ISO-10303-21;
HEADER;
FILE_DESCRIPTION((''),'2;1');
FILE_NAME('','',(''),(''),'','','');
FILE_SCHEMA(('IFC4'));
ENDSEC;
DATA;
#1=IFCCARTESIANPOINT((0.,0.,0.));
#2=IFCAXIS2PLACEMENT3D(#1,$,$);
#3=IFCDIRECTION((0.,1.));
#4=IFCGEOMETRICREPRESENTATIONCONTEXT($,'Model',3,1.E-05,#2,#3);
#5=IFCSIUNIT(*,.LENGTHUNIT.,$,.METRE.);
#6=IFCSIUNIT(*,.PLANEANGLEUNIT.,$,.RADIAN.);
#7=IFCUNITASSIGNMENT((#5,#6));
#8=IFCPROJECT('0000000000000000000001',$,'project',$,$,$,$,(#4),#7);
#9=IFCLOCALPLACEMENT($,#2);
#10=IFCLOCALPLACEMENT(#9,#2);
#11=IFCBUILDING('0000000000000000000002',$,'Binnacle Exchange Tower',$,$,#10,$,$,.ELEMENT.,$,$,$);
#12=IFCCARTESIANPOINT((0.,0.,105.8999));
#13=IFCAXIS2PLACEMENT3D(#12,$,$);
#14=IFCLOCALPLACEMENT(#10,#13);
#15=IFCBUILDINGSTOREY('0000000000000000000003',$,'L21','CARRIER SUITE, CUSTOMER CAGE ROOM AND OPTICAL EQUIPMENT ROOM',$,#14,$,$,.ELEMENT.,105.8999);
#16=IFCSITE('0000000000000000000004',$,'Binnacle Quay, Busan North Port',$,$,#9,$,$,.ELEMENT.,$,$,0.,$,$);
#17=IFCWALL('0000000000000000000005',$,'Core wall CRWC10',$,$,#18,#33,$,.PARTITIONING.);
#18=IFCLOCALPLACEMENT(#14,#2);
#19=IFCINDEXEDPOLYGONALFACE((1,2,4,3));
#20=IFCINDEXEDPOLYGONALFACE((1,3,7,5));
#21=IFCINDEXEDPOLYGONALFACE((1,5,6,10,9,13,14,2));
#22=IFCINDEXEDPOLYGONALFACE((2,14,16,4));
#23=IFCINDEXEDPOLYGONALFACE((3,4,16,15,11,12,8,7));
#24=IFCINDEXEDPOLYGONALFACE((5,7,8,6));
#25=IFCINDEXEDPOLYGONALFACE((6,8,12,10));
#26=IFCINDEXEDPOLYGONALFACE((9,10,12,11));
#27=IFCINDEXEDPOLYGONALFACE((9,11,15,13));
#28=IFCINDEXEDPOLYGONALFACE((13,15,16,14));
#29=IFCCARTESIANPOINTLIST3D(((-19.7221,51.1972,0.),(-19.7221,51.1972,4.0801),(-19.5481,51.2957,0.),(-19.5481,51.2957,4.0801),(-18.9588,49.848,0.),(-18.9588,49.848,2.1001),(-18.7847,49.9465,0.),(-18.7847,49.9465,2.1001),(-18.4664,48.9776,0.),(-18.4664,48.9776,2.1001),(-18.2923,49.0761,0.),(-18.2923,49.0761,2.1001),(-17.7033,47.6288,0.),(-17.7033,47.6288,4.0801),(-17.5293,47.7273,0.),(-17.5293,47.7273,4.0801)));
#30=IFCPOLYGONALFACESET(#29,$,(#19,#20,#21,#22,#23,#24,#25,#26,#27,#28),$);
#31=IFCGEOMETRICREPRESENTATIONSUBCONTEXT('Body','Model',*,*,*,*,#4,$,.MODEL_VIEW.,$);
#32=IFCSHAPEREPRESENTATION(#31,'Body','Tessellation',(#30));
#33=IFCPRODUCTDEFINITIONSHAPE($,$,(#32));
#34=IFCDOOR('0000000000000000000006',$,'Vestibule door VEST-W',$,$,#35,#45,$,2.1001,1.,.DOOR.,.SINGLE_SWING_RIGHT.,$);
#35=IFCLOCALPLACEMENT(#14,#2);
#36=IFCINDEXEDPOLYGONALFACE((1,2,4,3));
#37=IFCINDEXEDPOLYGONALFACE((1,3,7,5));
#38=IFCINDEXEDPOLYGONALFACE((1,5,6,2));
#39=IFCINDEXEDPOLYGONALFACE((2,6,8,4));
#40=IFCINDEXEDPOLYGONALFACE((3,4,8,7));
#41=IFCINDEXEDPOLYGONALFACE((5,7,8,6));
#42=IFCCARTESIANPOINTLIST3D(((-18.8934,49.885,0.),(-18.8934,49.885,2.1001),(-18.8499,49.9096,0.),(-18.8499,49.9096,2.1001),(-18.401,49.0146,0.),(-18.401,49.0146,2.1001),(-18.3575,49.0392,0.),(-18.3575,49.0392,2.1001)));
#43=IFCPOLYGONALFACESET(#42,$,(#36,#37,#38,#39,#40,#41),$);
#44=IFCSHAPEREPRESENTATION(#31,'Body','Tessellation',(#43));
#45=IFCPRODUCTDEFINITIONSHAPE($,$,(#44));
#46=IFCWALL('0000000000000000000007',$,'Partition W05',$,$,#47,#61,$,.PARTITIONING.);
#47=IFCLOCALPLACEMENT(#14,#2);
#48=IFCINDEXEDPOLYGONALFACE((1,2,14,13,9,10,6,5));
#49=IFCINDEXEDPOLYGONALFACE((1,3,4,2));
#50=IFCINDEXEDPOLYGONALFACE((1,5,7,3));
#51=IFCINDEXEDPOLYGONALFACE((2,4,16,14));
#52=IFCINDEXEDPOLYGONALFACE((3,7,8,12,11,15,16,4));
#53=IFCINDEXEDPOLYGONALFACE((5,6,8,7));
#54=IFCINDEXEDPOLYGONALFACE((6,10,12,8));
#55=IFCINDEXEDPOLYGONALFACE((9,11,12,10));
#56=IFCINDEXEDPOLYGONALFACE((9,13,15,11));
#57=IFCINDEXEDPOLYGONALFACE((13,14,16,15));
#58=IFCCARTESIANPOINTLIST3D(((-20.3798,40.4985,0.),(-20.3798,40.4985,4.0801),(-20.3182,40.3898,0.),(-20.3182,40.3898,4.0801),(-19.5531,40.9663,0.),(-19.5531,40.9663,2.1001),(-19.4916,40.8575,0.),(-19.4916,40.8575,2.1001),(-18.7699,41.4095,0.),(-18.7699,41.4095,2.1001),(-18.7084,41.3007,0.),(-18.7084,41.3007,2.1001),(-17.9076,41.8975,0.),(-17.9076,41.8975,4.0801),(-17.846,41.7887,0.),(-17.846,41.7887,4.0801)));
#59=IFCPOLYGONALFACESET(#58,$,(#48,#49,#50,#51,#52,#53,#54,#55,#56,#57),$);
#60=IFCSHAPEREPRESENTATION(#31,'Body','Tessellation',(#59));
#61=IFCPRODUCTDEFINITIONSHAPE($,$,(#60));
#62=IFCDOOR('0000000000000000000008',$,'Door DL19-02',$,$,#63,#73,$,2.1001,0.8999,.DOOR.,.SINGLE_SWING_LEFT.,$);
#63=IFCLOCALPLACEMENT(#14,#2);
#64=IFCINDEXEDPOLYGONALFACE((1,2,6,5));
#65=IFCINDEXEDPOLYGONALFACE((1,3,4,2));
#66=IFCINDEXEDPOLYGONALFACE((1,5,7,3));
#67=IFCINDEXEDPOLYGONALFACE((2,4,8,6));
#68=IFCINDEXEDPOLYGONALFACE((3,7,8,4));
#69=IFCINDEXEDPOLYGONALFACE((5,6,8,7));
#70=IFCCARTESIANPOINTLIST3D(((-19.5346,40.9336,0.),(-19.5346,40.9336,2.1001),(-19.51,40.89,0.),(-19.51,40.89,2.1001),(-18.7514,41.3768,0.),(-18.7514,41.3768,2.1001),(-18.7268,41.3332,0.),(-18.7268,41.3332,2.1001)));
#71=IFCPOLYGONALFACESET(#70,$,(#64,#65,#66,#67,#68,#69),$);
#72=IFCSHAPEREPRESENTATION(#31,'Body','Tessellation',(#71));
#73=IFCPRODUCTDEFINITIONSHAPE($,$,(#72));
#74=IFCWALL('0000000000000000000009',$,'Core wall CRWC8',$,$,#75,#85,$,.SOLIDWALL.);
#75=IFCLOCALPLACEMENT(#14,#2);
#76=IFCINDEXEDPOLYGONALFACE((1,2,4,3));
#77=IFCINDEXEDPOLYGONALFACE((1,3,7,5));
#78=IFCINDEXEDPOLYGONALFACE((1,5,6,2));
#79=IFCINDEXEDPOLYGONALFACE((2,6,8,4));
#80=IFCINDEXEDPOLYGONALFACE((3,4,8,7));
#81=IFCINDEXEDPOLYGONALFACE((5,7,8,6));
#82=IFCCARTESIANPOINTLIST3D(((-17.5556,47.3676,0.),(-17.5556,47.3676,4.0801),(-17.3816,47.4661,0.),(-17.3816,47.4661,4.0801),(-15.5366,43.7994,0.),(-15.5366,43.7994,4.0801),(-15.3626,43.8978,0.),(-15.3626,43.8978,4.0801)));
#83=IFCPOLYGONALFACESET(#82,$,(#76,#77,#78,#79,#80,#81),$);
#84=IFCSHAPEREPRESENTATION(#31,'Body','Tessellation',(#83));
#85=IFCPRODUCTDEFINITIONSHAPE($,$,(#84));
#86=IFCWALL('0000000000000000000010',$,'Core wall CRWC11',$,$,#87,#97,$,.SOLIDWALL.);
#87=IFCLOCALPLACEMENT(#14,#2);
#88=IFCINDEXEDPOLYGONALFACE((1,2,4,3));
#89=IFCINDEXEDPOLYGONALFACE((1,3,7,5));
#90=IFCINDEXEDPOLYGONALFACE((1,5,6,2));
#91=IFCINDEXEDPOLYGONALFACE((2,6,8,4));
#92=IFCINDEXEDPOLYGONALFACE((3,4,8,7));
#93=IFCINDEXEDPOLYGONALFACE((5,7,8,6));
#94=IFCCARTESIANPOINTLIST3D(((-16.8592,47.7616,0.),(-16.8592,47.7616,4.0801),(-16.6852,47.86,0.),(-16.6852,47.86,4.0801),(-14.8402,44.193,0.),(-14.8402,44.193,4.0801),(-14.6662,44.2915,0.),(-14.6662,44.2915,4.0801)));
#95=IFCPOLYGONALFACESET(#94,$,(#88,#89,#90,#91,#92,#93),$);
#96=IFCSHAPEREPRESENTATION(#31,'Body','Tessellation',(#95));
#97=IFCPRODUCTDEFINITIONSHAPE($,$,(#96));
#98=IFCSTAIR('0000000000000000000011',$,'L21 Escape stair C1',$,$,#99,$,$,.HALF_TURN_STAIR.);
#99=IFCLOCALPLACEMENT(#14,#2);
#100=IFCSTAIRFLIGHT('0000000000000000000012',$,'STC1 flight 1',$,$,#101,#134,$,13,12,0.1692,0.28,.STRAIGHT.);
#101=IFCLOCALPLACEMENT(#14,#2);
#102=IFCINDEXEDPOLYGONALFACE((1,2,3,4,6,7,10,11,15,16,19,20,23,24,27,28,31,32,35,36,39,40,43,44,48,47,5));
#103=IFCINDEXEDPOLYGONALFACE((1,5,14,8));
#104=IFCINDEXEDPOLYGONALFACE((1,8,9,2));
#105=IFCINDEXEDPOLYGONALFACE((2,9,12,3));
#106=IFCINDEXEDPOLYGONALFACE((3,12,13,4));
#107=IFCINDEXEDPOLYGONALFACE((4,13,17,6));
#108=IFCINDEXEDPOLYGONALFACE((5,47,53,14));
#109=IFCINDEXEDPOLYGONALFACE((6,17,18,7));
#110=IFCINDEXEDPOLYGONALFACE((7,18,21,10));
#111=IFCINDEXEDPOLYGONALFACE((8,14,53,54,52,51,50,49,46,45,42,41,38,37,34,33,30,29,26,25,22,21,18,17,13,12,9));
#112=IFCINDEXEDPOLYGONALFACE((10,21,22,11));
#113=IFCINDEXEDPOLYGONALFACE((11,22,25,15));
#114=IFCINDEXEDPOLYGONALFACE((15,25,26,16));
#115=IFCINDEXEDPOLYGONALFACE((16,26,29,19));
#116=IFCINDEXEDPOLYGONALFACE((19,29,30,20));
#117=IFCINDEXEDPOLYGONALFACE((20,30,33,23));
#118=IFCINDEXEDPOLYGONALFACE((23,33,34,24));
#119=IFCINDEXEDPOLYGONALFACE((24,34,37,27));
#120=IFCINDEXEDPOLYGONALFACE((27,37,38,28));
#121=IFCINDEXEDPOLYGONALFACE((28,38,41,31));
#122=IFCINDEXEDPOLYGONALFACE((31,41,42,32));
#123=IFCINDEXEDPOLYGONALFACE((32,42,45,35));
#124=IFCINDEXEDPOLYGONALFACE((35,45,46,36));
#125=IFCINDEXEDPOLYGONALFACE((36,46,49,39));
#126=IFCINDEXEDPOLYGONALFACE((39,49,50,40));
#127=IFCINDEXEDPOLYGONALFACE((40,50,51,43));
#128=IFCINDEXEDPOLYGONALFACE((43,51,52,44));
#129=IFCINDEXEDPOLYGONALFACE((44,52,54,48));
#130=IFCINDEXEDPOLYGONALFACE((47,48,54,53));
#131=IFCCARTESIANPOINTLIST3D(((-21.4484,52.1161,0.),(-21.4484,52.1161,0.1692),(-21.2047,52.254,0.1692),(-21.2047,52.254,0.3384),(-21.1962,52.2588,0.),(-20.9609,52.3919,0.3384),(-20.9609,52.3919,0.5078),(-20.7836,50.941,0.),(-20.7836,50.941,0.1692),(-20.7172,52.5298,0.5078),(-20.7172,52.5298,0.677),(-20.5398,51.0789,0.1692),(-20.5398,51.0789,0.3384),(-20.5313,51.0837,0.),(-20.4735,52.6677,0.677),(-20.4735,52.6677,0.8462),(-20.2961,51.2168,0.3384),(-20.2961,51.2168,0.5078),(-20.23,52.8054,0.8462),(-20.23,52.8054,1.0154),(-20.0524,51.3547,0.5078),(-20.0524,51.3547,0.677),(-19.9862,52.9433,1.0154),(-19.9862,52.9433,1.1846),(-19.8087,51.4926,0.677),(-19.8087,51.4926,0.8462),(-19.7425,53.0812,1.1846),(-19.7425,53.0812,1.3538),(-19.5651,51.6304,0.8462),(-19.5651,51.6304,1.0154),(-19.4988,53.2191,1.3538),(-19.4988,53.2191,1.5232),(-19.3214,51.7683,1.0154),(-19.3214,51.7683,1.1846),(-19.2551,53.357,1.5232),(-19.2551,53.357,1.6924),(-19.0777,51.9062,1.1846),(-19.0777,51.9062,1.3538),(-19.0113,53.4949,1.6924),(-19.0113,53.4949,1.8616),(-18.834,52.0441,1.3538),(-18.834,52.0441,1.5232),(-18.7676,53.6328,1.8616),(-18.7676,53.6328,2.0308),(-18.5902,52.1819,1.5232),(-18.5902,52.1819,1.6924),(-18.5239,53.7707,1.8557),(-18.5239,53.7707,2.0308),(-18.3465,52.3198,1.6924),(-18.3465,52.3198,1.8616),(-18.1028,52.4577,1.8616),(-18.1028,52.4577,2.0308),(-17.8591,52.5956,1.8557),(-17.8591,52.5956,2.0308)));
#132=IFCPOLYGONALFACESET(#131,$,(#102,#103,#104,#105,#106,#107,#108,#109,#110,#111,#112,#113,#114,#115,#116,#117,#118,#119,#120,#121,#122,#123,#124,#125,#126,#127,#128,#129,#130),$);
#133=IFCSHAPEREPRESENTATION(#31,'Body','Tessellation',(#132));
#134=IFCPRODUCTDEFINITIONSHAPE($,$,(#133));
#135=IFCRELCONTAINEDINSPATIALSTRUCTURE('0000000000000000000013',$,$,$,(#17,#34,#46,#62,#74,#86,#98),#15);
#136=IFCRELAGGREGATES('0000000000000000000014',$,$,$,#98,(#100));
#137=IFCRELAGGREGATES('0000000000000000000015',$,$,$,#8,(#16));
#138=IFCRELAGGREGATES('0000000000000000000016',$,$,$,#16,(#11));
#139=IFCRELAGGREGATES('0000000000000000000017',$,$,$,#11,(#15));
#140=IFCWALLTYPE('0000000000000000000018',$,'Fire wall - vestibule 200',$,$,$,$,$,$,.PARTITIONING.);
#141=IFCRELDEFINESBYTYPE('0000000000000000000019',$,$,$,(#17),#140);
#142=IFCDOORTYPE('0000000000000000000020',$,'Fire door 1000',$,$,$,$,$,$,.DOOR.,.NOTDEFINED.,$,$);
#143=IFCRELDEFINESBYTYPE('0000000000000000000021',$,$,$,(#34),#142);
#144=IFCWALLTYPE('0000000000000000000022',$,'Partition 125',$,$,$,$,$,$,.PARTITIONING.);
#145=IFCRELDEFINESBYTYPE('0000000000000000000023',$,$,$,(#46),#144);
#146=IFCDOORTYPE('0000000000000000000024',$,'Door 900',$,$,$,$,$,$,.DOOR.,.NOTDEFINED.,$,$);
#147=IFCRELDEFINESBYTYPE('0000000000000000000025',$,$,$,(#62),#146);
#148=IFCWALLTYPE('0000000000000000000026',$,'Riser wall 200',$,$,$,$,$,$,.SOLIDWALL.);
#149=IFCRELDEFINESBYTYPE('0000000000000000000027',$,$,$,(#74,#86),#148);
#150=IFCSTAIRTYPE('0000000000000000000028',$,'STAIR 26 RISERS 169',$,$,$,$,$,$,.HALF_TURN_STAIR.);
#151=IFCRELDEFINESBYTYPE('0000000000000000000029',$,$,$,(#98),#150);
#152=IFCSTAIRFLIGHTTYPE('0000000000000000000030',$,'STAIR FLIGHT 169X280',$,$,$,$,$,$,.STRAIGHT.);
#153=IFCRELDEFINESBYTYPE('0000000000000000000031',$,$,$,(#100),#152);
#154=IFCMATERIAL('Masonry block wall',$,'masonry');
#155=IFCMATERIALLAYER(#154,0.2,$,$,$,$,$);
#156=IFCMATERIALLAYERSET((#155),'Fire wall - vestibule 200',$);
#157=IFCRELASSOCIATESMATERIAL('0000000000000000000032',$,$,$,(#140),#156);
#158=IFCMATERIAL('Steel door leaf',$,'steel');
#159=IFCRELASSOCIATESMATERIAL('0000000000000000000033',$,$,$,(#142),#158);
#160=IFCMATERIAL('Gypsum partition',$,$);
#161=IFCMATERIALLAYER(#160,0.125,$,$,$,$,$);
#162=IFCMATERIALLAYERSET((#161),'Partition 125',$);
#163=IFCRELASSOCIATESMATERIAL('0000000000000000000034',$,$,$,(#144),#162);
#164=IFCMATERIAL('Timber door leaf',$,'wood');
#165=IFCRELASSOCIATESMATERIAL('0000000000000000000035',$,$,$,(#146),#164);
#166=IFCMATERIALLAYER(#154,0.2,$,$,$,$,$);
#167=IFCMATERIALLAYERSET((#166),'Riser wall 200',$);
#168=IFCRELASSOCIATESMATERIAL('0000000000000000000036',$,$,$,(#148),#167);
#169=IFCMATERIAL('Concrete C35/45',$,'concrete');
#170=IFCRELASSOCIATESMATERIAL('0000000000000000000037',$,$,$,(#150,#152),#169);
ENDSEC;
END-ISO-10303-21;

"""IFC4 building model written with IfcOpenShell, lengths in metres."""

from ifc_helpers import new_model, si_unit, direction, frame, frame_2d, origin, place, context, subcontext, project, spatial, polyline, rectangle, outline, extrude, material, layer, layer_set, type_object, element, fill, aggregate, save


model = new_model("IFC4")

# Units and contexts
model_context = context("Model", 3, precision=1e-05, world=origin(), true_north=direction((0.0, 1.0)))
body_context = subcontext(model_context, "Body", "Model", "MODEL_VIEW")
ifc_project = project(units=[si_unit("LENGTHUNIT", "METRE"), si_unit("PLANEANGLEUNIT", "RADIAN")], contexts=[model_context])

# Site, building, storey
site_placement = place(None, origin())
site = spatial("IfcSite", under=ifc_project, at=site_placement, Name="Binnacle Quay, Busan North Port", CompositionType="ELEMENT", RefElevation=0.0)
building_placement = place(site_placement, origin())
building = spatial("IfcBuilding", under=site, at=building_placement, Name="Binnacle Exchange Tower", CompositionType="ELEMENT")
storey_placement = place(building_placement, frame((0.0, 0.0, 105.8999)))
storey = spatial("IfcBuildingStorey", under=building, at=storey_placement, Name="L21", Description="CARRIER SUITE, CUSTOMER CAGE ROOM AND OPTICAL EQUIPMENT ROOM", CompositionType="ELEMENT", Elevation=105.8999)

# Shared definitions
ifc_material_1 = material(Name="Steel door leaf", Category="steel")

# Walls, openings, doors
ifc_material_2 = material(Name="Masonry block wall", Category="masonry")
ifc_layer_1 = layer(ifc_material_2, 0.2)
ifc_layer_set_1 = layer_set([ifc_layer_1], Name="Fire wall - vestibule 200")
wall_type_1 = type_object("IfcWallType", Name="Fire wall - vestibule 200", PredefinedType="PARTITIONING", material=ifc_layer_set_1)
wall_1_placement = place(storey_placement, frame((-19.635, 51.2463, 0.0), z_axis=(0.0, 0.0, 1.0), x_axis=(0.492408, -0.870364, 0.0)))
wall_1 = element("IfcWall", 1, at=wall_1_placement, inside=storey, type_object=wall_type_1, Name="Core wall CRWC10", PredefinedType="PARTITIONING", context=body_context, shape_type="SweptSolid", body=[
    extrude(rectangle(XDim=4.0999, YDim=0.2, at=frame_2d((2.0498, 0.0))), origin(), (0.0, 0.0, 1.0), 4.0801),
])
opening_1_placement = place(wall_1_placement, frame((1.55, 0.0, 0.0)))
opening_1 = element("IfcOpeningElement", 2, at=opening_1_placement, cuts=wall_1, PredefinedType="OPENING", context=body_context, shape_type="SweptSolid", body=[
    extrude(rectangle(XDim=1.0, YDim=2.1001, at=frame_2d((0.5, 1.05))), frame((0.0, 0.1099, 0.0), z_axis=(0.0, -1.0, 0.0), x_axis=(1.0, 0.0, 0.0)), (0.0, 0.0, 1.0), 0.22),
])
door_type_1 = type_object("IfcDoorType", Name="Fire door 1000", OperationType="NOTDEFINED", PredefinedType="DOOR", material=ifc_material_1)
door_1_placement = place(opening_1_placement, frame((1.0, 0.0, 0.0), z_axis=(0.0, 0.0, 1.0), x_axis=(-1.0, 0.0, 0.0)))
door_1 = element("IfcDoor", 3, at=door_1_placement, inside=storey, type_object=door_type_1, Name="Vestibule door VEST-W", OperationType="SINGLE_SWING_RIGHT", OverallHeight=2.1001, OverallWidth=1.0, PredefinedType="DOOR", context=body_context, shape_type="SweptSolid", body=[
    extrude(rectangle(XDim=1.0, YDim=2.1001, at=frame_2d((0.5, 1.05))), frame((0.0, 0.0249, 0.0), z_axis=(0.0, -1.0, 0.0), x_axis=(1.0, 0.0, 0.0)), (0.0, 0.0, 1.0), 0.05),
])
fill(opening_1, door_1)
ifc_material_3 = material(Name="Gypsum partition")
ifc_layer_2 = layer(ifc_material_3, 0.125)
ifc_layer_set_2 = layer_set([ifc_layer_2], Name="Partition 125")
wall_type_2 = type_object("IfcWallType", Name="Partition 125", PredefinedType="PARTITIONING", material=ifc_layer_set_2)
wall_2_placement = place(storey_placement, frame((-20.3491, 40.4441, 0.0), z_axis=(0.0, 0.0, 1.0), x_axis=(0.870319, 0.492488, 0.0)))
wall_2 = element("IfcWall", 4, at=wall_2_placement, inside=storey, type_object=wall_type_2, Name="Partition W05", PredefinedType="PARTITIONING", context=body_context, shape_type="SweptSolid", body=[
    extrude(rectangle(XDim=2.8406, YDim=0.125, at=frame_2d((1.4204, 0.0))), origin(), (0.0, 0.0, 1.0), 4.0801),
])
opening_2_placement = place(wall_2_placement, frame((0.95, 0.0, 0.0)))
opening_2 = element("IfcOpeningElement", 5, at=opening_2_placement, cuts=wall_2, PredefinedType="OPENING", context=body_context, shape_type="SweptSolid", body=[
    extrude(rectangle(XDim=0.8999, YDim=2.1001, at=frame_2d((0.45, 1.05))), frame((0.0, 0.0725, 0.0), z_axis=(0.0, -1.0, 0.0), x_axis=(1.0, 0.0, 0.0)), (0.0, 0.0, 1.0), 0.145),
])
ifc_material_4 = material(Name="Timber door leaf", Category="wood")
door_type_2 = type_object("IfcDoorType", Name="Door 900", OperationType="NOTDEFINED", PredefinedType="DOOR", material=ifc_material_4)
door_2_placement = place(opening_2_placement, origin())
door_2 = element("IfcDoor", 6, at=door_2_placement, inside=storey, type_object=door_type_2, Name="Door DL19-02", OperationType="SINGLE_SWING_LEFT", OverallHeight=2.1001, OverallWidth=0.8999, PredefinedType="DOOR", context=body_context, shape_type="SweptSolid", body=[
    extrude(rectangle(XDim=0.8999, YDim=2.1001, at=frame_2d((0.45, 1.05))), frame((0.0, 0.0249, 0.0), z_axis=(0.0, -1.0, 0.0), x_axis=(1.0, 0.0, 0.0)), (0.0, 0.0, 1.0), 0.05),
])
fill(opening_2, door_2)

# Walls
ifc_layer_3 = layer(ifc_material_2, 0.2)
ifc_layer_set_3 = layer_set([ifc_layer_3], Name="Riser wall 200")
wall_type_3 = type_object("IfcWallType", Name="Riser wall 200", PredefinedType="SOLIDWALL", material=ifc_layer_set_3)
wall_3_placement = place(storey_placement, frame((-17.4685, 47.4167, 0.0), z_axis=(0.0, 0.0, 1.0), x_axis=(0.492454, -0.870339, 0.0)))
element("IfcWall", 7, at=wall_3_placement, inside=storey, type_object=wall_type_3, Name="Core wall CRWC8", PredefinedType="SOLIDWALL", context=body_context, shape_type="SweptSolid", body=[
    extrude(rectangle(XDim=4.0999, YDim=0.2, at=frame_2d((2.0498, 0.0))), origin(), (0.0, 0.0, 1.0), 4.0801),
])
wall_4_placement = place(storey_placement, frame((-16.7722, 47.8108, 0.0), z_axis=(0.0, 0.0, 1.0), x_axis=(0.492428, -0.870353, 0.0)))
element("IfcWall", 8, at=wall_4_placement, inside=storey, type_object=wall_type_3, Name="Core wall CRWC11", PredefinedType="SOLIDWALL", context=body_context, shape_type="SweptSolid", body=[
    extrude(rectangle(XDim=4.1001, YDim=0.2, at=frame_2d((2.05, 0.0))), origin(), (0.0, 0.0, 1.0), 4.0801),
])

# Stair, stair flight
ifc_material_5 = material(Name="Concrete C35/45", Category="concrete")
stair_type = type_object("IfcStairType", Name="STAIR 26 RISERS 169", PredefinedType="HALF_TURN_STAIR", material=ifc_material_5)
stair_placement = place(storey_placement, origin())
stair = element("IfcStair", 9, at=stair_placement, inside=storey, type_object=stair_type, Name="L21 Escape stair C1", PredefinedType="HALF_TURN_STAIR")
stair_flight_type = type_object("IfcStairFlightType", Name="STAIR FLIGHT 169X280", PredefinedType="STRAIGHT", material=ifc_material_5)
stair_flight_placement = place(storey_placement, frame((-21.116, 51.5286, 0.0), z_axis=(0.0, 0.0, 1.0), x_axis=(0.870356, 0.492424, 0.0)))
stair_flight = element("IfcStairFlight", 10, at=stair_flight_placement, type_object=stair_flight_type, Name="STC1 flight 1", NumberOfRisers=13, NumberOfTreads=12, PredefinedType="STRAIGHT", RiserHeight=0.1692, TreadLength=0.28, context=body_context, shape_type="SweptSolid", body=[
    extrude(outline(polyline([(0.0, 0.0), (0.0, 0.1692), (0.28, 0.1692), (0.28, 0.3384), (0.5601, 0.3384), (0.5601, 0.5078), (0.8401, 0.5078), (0.8401, 0.677), (1.1201, 0.677), (1.1201, 0.8462), (1.3999, 0.8462), (1.3999, 1.0154), (1.6799, 1.0154), (1.6799, 1.1846), (1.96, 1.1846), (1.96, 1.3538), (2.24, 1.3538), (2.24, 1.5232), (2.52, 1.5232), (2.52, 1.6924), (2.8, 1.6924), (2.8, 1.8616), (3.0801, 1.8616), (3.0801, 2.0308), (3.3601, 2.0308), (3.3601, 2.2), (3.3601, 1.8557), (0.2898, 0.0), (0.0, 0.0)])), frame((0.0, 0.675, 0.0), z_axis=(0.0, -1.0, 0.0), x_axis=(1.0, 0.0, 0.0)), (0.0, 0.0, 1.0), 1.3501),
])
aggregate(stair, [stair_flight])

save(model, "model.ifc")
